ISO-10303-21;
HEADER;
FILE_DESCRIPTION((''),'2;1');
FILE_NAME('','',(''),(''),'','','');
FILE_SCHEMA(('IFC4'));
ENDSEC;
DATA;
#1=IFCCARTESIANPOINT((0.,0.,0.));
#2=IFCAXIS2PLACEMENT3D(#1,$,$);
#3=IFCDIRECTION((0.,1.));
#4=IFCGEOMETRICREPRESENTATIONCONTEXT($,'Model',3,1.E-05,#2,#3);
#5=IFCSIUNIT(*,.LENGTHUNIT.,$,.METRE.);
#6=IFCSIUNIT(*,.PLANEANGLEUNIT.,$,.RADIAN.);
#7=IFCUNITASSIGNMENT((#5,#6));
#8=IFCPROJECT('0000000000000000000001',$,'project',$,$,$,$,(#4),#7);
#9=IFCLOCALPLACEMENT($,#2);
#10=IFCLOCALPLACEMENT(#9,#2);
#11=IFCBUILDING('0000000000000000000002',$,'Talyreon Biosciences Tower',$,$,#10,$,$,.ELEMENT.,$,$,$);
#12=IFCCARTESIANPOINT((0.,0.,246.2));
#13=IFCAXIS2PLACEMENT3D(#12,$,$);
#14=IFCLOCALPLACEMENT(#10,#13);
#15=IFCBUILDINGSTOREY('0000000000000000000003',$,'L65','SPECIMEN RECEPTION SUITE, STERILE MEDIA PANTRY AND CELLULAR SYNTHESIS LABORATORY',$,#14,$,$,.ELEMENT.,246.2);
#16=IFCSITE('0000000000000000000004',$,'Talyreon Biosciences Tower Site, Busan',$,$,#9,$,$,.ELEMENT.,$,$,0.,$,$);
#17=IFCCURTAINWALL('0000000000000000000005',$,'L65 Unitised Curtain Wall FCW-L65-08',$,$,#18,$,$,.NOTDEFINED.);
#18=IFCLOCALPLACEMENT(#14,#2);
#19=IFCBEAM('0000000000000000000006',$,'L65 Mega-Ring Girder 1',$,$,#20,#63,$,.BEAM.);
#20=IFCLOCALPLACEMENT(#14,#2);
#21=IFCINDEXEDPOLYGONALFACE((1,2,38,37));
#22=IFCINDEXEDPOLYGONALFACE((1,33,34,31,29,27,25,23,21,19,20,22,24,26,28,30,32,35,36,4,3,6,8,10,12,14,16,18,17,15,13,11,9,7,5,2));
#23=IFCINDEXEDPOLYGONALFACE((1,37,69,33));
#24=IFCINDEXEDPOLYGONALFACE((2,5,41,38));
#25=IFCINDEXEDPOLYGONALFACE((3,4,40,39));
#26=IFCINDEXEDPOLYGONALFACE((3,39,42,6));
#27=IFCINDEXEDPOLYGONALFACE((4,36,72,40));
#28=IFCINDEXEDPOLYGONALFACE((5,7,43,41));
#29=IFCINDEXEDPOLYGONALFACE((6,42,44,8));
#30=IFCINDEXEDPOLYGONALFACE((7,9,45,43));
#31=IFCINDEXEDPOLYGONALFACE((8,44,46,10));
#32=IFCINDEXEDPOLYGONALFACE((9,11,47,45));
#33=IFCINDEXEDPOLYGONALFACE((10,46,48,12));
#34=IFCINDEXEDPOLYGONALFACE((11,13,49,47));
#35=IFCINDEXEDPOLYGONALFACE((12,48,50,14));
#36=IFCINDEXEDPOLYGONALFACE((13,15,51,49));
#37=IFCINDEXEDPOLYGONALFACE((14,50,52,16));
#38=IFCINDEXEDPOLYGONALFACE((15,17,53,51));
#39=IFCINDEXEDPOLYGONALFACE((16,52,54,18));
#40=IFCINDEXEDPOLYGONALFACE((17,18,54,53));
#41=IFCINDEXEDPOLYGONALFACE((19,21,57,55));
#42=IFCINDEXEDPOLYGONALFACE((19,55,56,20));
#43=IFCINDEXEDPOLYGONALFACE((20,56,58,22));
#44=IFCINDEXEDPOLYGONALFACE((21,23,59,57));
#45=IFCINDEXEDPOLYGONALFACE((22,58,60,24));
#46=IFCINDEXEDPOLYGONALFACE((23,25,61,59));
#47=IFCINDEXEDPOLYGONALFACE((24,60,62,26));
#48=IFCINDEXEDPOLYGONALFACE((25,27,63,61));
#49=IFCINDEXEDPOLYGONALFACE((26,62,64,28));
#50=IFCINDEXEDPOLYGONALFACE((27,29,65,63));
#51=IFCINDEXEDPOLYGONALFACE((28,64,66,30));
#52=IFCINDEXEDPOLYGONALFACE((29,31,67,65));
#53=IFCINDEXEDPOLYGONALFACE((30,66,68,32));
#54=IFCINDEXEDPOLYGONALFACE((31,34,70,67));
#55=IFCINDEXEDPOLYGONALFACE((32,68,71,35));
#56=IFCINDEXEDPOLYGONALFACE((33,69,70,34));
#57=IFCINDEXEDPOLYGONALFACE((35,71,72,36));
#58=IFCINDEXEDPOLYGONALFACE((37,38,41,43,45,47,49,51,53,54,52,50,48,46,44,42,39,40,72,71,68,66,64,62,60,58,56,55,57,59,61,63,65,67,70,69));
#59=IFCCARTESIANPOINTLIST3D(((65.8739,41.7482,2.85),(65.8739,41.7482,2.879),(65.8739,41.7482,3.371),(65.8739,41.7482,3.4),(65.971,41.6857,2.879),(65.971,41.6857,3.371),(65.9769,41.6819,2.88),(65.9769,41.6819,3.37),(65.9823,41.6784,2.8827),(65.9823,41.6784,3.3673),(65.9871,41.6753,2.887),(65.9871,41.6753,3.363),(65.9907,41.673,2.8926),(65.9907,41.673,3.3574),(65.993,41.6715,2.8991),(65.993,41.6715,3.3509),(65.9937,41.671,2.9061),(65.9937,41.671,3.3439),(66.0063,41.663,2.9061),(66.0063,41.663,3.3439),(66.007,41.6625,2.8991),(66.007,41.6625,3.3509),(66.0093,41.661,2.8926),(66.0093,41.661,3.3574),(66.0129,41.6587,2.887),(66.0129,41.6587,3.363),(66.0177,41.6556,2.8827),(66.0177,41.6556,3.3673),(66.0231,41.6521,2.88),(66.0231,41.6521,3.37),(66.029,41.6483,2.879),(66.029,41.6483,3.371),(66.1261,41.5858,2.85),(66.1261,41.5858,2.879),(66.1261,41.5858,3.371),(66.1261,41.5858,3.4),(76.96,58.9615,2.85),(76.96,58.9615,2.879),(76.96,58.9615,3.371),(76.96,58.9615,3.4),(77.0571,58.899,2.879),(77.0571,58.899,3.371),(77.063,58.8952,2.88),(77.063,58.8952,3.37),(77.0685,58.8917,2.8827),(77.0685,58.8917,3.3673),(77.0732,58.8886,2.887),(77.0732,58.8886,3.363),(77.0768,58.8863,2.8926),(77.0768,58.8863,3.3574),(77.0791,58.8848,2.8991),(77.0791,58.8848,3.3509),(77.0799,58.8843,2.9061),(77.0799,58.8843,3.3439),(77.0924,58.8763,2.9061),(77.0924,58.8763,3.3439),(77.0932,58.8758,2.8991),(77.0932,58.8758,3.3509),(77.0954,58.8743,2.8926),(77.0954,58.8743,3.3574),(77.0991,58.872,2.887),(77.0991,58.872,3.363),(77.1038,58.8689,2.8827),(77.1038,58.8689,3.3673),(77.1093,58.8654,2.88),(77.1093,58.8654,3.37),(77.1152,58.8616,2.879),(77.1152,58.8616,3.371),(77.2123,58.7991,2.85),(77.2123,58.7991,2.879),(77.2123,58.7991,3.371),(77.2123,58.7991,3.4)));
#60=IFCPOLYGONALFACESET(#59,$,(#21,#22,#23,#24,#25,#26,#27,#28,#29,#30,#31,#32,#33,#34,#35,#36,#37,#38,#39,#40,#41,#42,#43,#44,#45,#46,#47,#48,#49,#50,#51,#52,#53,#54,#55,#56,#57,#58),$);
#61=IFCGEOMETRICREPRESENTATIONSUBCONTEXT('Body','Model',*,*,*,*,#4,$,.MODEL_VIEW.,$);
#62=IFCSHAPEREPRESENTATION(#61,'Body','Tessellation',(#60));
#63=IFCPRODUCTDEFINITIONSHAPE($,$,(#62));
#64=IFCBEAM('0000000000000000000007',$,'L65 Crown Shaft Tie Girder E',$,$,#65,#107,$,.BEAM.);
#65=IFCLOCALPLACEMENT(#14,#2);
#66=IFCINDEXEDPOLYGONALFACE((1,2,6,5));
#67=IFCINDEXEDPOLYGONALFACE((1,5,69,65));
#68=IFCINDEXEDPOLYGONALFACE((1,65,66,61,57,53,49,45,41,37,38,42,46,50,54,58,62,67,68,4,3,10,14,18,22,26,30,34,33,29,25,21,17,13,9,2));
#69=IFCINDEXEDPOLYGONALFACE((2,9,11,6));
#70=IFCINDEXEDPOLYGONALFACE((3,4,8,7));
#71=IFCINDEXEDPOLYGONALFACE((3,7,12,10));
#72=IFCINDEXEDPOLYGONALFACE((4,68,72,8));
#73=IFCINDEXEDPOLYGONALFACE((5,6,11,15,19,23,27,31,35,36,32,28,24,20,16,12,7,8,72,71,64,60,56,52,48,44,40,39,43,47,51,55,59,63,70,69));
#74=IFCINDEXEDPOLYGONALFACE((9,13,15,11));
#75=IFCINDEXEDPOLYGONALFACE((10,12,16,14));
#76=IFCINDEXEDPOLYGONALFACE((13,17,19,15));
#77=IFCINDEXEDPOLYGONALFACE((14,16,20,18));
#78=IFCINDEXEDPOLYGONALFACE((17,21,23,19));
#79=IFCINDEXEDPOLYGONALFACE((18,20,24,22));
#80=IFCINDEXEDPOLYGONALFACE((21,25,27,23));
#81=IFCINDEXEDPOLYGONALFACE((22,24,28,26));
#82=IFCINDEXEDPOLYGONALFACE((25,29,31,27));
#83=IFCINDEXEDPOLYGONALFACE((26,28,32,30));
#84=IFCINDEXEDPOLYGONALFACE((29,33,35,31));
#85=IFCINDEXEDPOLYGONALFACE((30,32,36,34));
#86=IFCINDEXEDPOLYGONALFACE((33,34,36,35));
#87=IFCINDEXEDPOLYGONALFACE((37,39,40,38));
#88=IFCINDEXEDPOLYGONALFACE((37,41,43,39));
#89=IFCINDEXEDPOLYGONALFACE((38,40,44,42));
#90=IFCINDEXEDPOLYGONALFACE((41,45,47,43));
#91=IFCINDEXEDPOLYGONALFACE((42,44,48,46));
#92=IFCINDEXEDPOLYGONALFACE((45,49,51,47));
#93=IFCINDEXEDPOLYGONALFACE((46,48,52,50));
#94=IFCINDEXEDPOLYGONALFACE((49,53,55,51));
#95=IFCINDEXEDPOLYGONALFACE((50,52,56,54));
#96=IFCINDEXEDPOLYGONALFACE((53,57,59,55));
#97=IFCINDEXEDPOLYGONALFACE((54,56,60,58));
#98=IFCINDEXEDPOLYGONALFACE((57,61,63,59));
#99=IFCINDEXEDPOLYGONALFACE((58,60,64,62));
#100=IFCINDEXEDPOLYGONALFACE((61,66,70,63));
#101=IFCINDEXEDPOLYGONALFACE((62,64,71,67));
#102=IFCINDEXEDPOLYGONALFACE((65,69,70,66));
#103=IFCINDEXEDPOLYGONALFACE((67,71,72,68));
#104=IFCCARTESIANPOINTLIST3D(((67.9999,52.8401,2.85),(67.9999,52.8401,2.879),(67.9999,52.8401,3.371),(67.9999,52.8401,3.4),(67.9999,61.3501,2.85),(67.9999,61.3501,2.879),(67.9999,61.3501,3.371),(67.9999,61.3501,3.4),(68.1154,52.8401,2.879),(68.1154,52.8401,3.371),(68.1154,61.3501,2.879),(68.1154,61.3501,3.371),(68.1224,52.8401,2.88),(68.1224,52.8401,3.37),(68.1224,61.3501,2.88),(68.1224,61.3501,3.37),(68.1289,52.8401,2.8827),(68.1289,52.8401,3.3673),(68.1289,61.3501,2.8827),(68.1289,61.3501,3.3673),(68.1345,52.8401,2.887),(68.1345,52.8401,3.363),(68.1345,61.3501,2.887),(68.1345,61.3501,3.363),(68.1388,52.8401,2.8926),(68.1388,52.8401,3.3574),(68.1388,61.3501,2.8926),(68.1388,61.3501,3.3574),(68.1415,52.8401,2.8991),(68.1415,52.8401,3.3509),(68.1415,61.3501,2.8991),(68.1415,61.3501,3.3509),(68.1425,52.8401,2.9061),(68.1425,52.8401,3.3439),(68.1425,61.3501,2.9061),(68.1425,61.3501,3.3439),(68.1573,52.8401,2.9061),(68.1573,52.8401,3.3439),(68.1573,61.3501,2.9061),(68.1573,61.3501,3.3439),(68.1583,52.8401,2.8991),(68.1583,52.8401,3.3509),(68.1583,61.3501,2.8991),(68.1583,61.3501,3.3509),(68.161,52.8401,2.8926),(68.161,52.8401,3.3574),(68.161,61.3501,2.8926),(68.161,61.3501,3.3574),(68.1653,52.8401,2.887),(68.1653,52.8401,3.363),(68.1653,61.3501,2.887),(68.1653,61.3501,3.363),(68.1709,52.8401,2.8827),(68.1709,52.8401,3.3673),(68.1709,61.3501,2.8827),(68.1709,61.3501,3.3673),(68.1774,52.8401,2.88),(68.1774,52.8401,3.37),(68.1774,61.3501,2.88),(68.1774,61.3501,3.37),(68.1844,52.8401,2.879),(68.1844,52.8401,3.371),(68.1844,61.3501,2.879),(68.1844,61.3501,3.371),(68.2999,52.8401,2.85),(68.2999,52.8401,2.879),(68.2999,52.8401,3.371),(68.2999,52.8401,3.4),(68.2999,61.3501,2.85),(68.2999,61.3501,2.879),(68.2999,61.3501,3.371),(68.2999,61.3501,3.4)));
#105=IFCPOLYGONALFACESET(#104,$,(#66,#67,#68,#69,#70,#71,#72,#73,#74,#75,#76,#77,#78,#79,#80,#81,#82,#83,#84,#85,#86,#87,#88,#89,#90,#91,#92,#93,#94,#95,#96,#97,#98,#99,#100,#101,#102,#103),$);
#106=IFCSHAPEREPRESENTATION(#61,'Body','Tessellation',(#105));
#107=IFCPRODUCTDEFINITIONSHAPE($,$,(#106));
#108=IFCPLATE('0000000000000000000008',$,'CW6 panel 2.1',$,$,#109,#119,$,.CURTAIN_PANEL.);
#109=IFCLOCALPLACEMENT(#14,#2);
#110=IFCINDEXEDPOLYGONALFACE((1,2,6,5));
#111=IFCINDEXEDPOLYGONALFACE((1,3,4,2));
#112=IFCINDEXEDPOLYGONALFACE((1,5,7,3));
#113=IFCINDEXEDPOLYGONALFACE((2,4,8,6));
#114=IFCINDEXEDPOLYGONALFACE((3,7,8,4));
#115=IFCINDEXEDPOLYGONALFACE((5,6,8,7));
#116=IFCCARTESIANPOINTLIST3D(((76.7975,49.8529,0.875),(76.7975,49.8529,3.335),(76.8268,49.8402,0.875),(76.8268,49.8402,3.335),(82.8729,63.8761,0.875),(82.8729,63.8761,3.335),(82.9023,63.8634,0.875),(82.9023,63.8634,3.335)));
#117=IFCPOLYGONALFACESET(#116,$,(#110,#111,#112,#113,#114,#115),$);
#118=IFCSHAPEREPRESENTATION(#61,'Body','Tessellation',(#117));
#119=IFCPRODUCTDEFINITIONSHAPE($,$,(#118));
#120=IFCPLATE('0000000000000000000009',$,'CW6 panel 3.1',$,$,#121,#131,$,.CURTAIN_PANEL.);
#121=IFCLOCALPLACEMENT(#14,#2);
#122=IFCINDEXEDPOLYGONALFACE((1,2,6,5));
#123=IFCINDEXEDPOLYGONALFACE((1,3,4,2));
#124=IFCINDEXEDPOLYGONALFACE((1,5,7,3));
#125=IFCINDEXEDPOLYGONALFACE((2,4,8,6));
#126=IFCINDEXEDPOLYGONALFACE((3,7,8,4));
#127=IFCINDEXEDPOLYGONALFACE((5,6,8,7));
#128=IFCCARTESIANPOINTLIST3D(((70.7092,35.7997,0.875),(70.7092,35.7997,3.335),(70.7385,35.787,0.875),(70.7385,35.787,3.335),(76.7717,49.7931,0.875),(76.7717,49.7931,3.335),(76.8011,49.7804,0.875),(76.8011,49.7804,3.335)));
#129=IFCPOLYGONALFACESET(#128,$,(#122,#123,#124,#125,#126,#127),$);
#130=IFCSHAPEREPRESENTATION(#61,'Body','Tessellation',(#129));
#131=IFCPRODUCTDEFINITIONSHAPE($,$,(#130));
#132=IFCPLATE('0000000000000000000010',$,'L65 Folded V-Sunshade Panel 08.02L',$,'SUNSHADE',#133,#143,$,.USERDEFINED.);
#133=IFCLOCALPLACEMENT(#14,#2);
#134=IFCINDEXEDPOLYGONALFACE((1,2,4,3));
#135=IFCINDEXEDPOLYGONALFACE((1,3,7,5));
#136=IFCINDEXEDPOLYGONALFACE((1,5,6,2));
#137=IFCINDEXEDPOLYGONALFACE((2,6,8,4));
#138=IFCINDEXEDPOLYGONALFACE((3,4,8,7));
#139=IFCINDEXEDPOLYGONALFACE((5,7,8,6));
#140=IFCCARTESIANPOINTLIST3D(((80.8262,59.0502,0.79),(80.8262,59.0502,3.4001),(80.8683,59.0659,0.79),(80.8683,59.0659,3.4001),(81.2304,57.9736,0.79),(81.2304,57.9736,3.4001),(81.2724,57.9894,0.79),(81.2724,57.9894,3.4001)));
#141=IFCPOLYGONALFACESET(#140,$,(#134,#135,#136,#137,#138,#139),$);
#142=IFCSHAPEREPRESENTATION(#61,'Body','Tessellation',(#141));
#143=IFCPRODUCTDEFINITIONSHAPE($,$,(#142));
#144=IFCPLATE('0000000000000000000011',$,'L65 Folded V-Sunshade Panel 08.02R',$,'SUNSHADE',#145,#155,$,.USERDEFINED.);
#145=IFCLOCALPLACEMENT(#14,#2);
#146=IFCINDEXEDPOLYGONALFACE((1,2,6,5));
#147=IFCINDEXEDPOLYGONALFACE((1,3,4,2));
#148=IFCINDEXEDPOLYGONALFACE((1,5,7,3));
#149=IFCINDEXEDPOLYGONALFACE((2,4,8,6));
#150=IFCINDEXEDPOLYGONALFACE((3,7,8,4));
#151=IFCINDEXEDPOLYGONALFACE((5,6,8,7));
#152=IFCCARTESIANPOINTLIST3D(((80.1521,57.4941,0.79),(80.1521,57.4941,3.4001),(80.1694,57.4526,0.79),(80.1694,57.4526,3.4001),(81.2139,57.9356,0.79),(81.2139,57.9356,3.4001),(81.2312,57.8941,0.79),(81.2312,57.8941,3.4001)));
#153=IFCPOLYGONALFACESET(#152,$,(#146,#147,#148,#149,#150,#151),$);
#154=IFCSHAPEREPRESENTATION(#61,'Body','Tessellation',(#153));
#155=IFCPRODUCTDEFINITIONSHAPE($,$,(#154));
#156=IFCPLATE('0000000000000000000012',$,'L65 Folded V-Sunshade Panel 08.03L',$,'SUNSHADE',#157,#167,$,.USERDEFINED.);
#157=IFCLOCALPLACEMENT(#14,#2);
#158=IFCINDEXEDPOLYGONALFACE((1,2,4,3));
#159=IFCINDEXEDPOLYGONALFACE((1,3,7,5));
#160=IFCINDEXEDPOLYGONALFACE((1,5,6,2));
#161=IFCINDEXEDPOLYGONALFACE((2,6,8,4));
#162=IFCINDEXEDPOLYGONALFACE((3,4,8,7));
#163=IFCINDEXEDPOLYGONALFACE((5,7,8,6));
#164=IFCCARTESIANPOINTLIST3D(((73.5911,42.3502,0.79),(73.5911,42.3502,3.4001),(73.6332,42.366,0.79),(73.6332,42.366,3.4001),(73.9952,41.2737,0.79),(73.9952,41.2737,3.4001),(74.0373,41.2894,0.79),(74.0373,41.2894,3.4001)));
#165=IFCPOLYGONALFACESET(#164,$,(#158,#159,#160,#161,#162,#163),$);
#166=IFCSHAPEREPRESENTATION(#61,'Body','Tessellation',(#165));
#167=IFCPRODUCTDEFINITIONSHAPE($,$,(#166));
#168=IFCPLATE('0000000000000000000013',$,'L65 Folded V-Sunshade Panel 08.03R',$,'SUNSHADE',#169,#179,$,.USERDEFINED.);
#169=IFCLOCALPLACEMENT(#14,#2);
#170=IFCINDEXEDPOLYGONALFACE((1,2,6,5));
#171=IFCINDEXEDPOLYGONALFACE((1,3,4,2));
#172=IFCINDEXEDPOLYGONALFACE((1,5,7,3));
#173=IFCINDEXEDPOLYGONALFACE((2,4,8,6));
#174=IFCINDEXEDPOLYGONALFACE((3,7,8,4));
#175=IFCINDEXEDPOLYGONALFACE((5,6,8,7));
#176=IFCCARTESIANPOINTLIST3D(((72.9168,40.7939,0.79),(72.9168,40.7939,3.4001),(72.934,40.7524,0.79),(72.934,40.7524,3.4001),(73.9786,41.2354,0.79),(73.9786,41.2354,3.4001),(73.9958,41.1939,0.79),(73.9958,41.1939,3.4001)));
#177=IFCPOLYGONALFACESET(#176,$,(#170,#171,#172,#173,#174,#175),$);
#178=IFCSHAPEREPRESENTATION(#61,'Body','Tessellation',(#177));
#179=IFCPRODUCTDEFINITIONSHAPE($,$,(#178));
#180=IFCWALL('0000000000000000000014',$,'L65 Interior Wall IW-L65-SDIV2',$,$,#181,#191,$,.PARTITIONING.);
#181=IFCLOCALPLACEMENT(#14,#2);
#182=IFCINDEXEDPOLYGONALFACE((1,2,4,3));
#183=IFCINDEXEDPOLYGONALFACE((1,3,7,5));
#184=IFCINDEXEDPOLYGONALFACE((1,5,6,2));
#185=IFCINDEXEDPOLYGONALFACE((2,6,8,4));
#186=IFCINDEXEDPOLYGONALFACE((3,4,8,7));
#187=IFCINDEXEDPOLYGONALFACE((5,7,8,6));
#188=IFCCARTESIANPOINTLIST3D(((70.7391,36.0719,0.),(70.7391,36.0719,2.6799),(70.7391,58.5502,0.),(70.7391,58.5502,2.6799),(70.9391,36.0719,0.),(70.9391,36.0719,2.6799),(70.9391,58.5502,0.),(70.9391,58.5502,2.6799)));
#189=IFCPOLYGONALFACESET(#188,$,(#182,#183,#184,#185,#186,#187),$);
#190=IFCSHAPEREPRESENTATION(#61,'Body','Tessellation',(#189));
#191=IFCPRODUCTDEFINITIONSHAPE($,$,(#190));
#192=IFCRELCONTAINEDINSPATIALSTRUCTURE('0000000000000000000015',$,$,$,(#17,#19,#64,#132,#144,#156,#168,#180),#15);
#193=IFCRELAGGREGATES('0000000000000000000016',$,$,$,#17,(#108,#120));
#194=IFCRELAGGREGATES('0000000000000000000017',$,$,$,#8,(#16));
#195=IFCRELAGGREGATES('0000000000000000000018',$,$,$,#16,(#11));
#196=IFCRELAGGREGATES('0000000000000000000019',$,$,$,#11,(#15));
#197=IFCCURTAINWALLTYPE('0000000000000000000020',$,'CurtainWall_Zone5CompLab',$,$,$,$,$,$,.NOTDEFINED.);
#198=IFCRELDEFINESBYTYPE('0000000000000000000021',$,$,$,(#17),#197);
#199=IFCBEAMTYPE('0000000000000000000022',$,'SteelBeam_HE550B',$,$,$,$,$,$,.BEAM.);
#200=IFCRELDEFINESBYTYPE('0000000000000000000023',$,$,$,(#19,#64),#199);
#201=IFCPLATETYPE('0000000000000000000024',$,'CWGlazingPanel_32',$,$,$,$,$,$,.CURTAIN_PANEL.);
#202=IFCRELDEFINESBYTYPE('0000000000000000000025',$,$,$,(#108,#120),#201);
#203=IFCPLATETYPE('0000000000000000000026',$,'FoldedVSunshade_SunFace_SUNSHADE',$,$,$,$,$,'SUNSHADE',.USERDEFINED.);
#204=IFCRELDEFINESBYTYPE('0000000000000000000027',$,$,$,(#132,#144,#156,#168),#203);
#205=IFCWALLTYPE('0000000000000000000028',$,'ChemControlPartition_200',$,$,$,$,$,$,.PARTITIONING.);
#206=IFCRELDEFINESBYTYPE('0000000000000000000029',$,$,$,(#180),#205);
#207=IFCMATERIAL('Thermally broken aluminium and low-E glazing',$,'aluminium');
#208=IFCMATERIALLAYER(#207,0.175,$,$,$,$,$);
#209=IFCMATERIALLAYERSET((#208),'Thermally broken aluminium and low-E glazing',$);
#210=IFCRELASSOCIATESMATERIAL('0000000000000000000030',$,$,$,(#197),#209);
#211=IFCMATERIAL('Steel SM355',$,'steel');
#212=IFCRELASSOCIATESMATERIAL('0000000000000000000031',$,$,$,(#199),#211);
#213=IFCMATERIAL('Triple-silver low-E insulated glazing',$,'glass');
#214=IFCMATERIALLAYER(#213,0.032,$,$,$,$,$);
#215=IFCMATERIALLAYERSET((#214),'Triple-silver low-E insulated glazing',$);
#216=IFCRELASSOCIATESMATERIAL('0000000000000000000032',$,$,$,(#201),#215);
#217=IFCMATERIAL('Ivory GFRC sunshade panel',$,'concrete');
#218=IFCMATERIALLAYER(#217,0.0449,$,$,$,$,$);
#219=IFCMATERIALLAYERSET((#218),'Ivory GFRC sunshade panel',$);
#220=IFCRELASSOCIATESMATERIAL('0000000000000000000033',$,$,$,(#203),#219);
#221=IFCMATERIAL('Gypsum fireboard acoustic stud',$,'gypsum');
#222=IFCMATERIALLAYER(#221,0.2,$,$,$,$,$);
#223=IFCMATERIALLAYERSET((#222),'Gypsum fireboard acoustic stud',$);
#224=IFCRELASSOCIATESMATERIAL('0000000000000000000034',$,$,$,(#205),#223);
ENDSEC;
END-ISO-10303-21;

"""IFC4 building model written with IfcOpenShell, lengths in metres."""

from ifc_helpers import new_model, si_unit, direction, frame, frame_2d, origin, origin_2d, place, context, subcontext, project, spatial, rectangle, i_section, extrude, material, layer, layer_set, material_profile, profile_set, type_object, element, aggregate, save


model = new_model("IFC4")

# Units and contexts
model_context = context("Model", 3, precision=1e-05, world=origin(), true_north=direction((0.0, 1.0)))
body_context = subcontext(model_context, "Body", "Model", "MODEL_VIEW")
ifc_project = project(units=[si_unit("LENGTHUNIT", "METRE"), si_unit("PLANEANGLEUNIT", "RADIAN")], contexts=[model_context])

# Site, building, storey
site_placement = place(None, origin())
site = spatial("IfcSite", under=ifc_project, at=site_placement, Name="Talyreon Biosciences Tower Site, Busan", CompositionType="ELEMENT", RefElevation=0.0)
building_placement = place(site_placement, origin())
building = spatial("IfcBuilding", under=site, at=building_placement, Name="Talyreon Biosciences Tower", CompositionType="ELEMENT")
storey_placement = place(building_placement, frame((0.0, 0.0, 246.2)))
storey = spatial("IfcBuildingStorey", under=building, at=storey_placement, Name="L65", Description="SPECIMEN RECEPTION SUITE, STERILE MEDIA PANTRY AND CELLULAR SYNTHESIS LABORATORY", CompositionType="ELEMENT", Elevation=246.2)

# Curtain wall
ifc_material_1 = material(Name="Thermally broken aluminium and low-E glazing", Category="aluminium")
ifc_layer_1 = layer(ifc_material_1, 0.175)
ifc_layer_set_1 = layer_set([ifc_layer_1], Name="Thermally broken aluminium and low-E glazing")
curtain_wall_type = type_object("IfcCurtainWallType", Name="CurtainWall_Zone5CompLab", PredefinedType="NOTDEFINED", material=ifc_layer_set_1)
curtain_wall_placement = place(storey_placement, origin())
curtain_wall = element("IfcCurtainWall", 1, at=curtain_wall_placement, inside=storey, type_object=curtain_wall_type, Name="L65 Unitised Curtain Wall FCW-L65-08", PredefinedType="NOTDEFINED")

# Beams
ifc_material_2 = material(Name="Steel SM355", Category="steel")
ifc_material_profile_1 = material_profile(ifc_material_2, i_section(OverallWidth=0.3, OverallDepth=0.55, WebThickness=0.0149, FlangeThickness=0.0291, FilletRadius=0.0271, at=origin_2d()), Name="HE550B")
ifc_profile_set_1 = profile_set([ifc_material_profile_1], Name="Steel SM355")
beam_type_1 = type_object("IfcBeamType", Name="SteelBeam_HE550B", PredefinedType="BEAM", material=ifc_profile_set_1)
beam_1_placement = place(storey_placement, frame((66.0, 41.667, 3.125), z_axis=(0.541464, 0.840724, 0.0), x_axis=(-0.840724, 0.541464, 0.0)))
element("IfcBeam", 2, at=beam_1_placement, inside=storey, type_object=beam_type_1, Name="L65 Mega-Ring Girder 1", PredefinedType="BEAM", context=body_context, shape_type="SweptSolid", body=[
    extrude(i_section(OverallWidth=0.3, OverallDepth=0.55, WebThickness=0.0149, FlangeThickness=0.0291, FilletRadius=0.0271, at=origin_2d()), origin(), (0.0, 0.0, 1.0), 20.4744),
])
beam_2_placement = place(storey_placement, frame((68.1499, 52.8401, 3.125), z_axis=(0.0, 1.0, 0.0), x_axis=(-1.0, 0.0, 0.0)))
element("IfcBeam", 3, at=beam_2_placement, inside=storey, type_object=beam_type_1, Name="L65 Crown Shaft Tie Girder E", PredefinedType="BEAM", context=body_context, shape_type="SweptSolid", body=[
    extrude(i_section(OverallWidth=0.3, OverallDepth=0.55, WebThickness=0.0149, FlangeThickness=0.0291, FilletRadius=0.0271, at=origin_2d()), origin(), (0.0, 0.0, 1.0), 8.51),
])

# Plates
ifc_material_3 = material(Name="Triple-silver low-E insulated glazing", Category="glass")
ifc_layer_2 = layer(ifc_material_3, 0.032)
ifc_layer_set_2 = layer_set([ifc_layer_2], Name="Triple-silver low-E insulated glazing")
plate_type_1 = type_object("IfcPlateType", Name="CWGlazingPanel_32", PredefinedType="CURTAIN_PANEL", material=ifc_layer_set_2)
plate_1_placement = place(storey_placement, frame((79.8499, 56.8582, 0.875), z_axis=(0.0, 0.0, 1.0), x_axis=(-0.397537, -0.917586, 0.0)))
plate_1 = element("IfcPlate", 4, at=plate_1_placement, type_object=plate_type_1, Name="CW6 panel 2.1", PredefinedType="CURTAIN_PANEL", context=body_context, shape_type="SweptSolid", body=[
    extrude(rectangle(XDim=15.2827, YDim=0.032, at=origin_2d()), origin(), (0.0, 0.0, 1.0), 2.46),
])
plate_2_placement = place(storey_placement, frame((73.7551, 42.79, 0.875), z_axis=(0.0, 0.0, 1.0), x_axis=(-0.397537, -0.917586, 0.0)))
plate_2 = element("IfcPlate", 5, at=plate_2_placement, type_object=plate_type_1, Name="CW6 panel 3.1", PredefinedType="CURTAIN_PANEL", context=body_context, shape_type="SweptSolid", body=[
    extrude(rectangle(XDim=15.2502, YDim=0.032, at=origin_2d()), origin(), (0.0, 0.0, 1.0), 2.46),
])
aggregate(curtain_wall, [plate_1, plate_2])

# Plates
ifc_material_4 = material(Name="Ivory GFRC sunshade panel", Category="concrete")
ifc_layer_3 = layer(ifc_material_4, 0.0449)
ifc_layer_set_3 = layer_set([ifc_layer_3], Name="Ivory GFRC sunshade panel")
plate_type_2 = type_object("IfcPlateType", Name="FoldedVSunshade_SunFace_SUNSHADE", ElementType="SUNSHADE", PredefinedType="USERDEFINED", material=ifc_layer_set_3)
for number, where, z_axis, x_axis, name in (
    (6, (81.0493, 58.5198, 0.79), (0.0, 0.0, 1.0), (0.35145, -0.936207, 0.0), "L65 Folded V-Sunshade Panel 08.02L"),
    (7, (80.6917, 57.6941, 0.79), (0.0, 0.0, 1.0), (-0.923371, -0.383909, 0.0), "L65 Folded V-Sunshade Panel 08.02R"),
    (8, (73.8142, 41.8198, 0.79), (0.0, 0.0, 1.0), (0.35145, -0.936207, 0.0), "L65 Folded V-Sunshade Panel 08.03L"),
    (9, (73.4563, 40.9939, 0.79), (0.0, 0.0, 1.0), (-0.923371, -0.383909, 0.0), "L65 Folded V-Sunshade Panel 08.03R"),
):
    element("IfcPlate", number, at=place(storey_placement, frame(where, z_axis=z_axis, x_axis=x_axis)), inside=storey, type_object=plate_type_2, Name=name, ObjectType="SUNSHADE", PredefinedType="USERDEFINED", context=body_context, shape_type="SweptSolid", body=[
        extrude(rectangle(XDim=1.1499, YDim=0.0449, at=origin_2d()), origin(), (0.0, 0.0, 1.0), 2.6101),
    ])

# Wall
ifc_material_5 = material(Name="Gypsum fireboard acoustic stud", Category="gypsum")
ifc_layer_4 = layer(ifc_material_5, 0.2)
ifc_layer_set_4 = layer_set([ifc_layer_4], Name="Gypsum fireboard acoustic stud")
wall_type_1 = type_object("IfcWallType", Name="ChemControlPartition_200", PredefinedType="PARTITIONING", material=ifc_layer_set_4)
wall_placement = place(storey_placement, frame((70.8391, 36.0718, 0.0), z_axis=(0.0, 0.0, 1.0), x_axis=(0.0, 1.0, 0.0)))
element("IfcWall", 10, at=wall_placement, inside=storey, type_object=wall_type_1, Name="L65 Interior Wall IW-L65-SDIV2", PredefinedType="PARTITIONING", context=body_context, shape_type="SweptSolid", body=[
    extrude(rectangle(XDim=22.4783, YDim=0.2, at=frame_2d((11.2393, 0.0))), origin(), (0.0, 0.0, 1.0), 2.6799),
])

save(model, "model.ifc")
